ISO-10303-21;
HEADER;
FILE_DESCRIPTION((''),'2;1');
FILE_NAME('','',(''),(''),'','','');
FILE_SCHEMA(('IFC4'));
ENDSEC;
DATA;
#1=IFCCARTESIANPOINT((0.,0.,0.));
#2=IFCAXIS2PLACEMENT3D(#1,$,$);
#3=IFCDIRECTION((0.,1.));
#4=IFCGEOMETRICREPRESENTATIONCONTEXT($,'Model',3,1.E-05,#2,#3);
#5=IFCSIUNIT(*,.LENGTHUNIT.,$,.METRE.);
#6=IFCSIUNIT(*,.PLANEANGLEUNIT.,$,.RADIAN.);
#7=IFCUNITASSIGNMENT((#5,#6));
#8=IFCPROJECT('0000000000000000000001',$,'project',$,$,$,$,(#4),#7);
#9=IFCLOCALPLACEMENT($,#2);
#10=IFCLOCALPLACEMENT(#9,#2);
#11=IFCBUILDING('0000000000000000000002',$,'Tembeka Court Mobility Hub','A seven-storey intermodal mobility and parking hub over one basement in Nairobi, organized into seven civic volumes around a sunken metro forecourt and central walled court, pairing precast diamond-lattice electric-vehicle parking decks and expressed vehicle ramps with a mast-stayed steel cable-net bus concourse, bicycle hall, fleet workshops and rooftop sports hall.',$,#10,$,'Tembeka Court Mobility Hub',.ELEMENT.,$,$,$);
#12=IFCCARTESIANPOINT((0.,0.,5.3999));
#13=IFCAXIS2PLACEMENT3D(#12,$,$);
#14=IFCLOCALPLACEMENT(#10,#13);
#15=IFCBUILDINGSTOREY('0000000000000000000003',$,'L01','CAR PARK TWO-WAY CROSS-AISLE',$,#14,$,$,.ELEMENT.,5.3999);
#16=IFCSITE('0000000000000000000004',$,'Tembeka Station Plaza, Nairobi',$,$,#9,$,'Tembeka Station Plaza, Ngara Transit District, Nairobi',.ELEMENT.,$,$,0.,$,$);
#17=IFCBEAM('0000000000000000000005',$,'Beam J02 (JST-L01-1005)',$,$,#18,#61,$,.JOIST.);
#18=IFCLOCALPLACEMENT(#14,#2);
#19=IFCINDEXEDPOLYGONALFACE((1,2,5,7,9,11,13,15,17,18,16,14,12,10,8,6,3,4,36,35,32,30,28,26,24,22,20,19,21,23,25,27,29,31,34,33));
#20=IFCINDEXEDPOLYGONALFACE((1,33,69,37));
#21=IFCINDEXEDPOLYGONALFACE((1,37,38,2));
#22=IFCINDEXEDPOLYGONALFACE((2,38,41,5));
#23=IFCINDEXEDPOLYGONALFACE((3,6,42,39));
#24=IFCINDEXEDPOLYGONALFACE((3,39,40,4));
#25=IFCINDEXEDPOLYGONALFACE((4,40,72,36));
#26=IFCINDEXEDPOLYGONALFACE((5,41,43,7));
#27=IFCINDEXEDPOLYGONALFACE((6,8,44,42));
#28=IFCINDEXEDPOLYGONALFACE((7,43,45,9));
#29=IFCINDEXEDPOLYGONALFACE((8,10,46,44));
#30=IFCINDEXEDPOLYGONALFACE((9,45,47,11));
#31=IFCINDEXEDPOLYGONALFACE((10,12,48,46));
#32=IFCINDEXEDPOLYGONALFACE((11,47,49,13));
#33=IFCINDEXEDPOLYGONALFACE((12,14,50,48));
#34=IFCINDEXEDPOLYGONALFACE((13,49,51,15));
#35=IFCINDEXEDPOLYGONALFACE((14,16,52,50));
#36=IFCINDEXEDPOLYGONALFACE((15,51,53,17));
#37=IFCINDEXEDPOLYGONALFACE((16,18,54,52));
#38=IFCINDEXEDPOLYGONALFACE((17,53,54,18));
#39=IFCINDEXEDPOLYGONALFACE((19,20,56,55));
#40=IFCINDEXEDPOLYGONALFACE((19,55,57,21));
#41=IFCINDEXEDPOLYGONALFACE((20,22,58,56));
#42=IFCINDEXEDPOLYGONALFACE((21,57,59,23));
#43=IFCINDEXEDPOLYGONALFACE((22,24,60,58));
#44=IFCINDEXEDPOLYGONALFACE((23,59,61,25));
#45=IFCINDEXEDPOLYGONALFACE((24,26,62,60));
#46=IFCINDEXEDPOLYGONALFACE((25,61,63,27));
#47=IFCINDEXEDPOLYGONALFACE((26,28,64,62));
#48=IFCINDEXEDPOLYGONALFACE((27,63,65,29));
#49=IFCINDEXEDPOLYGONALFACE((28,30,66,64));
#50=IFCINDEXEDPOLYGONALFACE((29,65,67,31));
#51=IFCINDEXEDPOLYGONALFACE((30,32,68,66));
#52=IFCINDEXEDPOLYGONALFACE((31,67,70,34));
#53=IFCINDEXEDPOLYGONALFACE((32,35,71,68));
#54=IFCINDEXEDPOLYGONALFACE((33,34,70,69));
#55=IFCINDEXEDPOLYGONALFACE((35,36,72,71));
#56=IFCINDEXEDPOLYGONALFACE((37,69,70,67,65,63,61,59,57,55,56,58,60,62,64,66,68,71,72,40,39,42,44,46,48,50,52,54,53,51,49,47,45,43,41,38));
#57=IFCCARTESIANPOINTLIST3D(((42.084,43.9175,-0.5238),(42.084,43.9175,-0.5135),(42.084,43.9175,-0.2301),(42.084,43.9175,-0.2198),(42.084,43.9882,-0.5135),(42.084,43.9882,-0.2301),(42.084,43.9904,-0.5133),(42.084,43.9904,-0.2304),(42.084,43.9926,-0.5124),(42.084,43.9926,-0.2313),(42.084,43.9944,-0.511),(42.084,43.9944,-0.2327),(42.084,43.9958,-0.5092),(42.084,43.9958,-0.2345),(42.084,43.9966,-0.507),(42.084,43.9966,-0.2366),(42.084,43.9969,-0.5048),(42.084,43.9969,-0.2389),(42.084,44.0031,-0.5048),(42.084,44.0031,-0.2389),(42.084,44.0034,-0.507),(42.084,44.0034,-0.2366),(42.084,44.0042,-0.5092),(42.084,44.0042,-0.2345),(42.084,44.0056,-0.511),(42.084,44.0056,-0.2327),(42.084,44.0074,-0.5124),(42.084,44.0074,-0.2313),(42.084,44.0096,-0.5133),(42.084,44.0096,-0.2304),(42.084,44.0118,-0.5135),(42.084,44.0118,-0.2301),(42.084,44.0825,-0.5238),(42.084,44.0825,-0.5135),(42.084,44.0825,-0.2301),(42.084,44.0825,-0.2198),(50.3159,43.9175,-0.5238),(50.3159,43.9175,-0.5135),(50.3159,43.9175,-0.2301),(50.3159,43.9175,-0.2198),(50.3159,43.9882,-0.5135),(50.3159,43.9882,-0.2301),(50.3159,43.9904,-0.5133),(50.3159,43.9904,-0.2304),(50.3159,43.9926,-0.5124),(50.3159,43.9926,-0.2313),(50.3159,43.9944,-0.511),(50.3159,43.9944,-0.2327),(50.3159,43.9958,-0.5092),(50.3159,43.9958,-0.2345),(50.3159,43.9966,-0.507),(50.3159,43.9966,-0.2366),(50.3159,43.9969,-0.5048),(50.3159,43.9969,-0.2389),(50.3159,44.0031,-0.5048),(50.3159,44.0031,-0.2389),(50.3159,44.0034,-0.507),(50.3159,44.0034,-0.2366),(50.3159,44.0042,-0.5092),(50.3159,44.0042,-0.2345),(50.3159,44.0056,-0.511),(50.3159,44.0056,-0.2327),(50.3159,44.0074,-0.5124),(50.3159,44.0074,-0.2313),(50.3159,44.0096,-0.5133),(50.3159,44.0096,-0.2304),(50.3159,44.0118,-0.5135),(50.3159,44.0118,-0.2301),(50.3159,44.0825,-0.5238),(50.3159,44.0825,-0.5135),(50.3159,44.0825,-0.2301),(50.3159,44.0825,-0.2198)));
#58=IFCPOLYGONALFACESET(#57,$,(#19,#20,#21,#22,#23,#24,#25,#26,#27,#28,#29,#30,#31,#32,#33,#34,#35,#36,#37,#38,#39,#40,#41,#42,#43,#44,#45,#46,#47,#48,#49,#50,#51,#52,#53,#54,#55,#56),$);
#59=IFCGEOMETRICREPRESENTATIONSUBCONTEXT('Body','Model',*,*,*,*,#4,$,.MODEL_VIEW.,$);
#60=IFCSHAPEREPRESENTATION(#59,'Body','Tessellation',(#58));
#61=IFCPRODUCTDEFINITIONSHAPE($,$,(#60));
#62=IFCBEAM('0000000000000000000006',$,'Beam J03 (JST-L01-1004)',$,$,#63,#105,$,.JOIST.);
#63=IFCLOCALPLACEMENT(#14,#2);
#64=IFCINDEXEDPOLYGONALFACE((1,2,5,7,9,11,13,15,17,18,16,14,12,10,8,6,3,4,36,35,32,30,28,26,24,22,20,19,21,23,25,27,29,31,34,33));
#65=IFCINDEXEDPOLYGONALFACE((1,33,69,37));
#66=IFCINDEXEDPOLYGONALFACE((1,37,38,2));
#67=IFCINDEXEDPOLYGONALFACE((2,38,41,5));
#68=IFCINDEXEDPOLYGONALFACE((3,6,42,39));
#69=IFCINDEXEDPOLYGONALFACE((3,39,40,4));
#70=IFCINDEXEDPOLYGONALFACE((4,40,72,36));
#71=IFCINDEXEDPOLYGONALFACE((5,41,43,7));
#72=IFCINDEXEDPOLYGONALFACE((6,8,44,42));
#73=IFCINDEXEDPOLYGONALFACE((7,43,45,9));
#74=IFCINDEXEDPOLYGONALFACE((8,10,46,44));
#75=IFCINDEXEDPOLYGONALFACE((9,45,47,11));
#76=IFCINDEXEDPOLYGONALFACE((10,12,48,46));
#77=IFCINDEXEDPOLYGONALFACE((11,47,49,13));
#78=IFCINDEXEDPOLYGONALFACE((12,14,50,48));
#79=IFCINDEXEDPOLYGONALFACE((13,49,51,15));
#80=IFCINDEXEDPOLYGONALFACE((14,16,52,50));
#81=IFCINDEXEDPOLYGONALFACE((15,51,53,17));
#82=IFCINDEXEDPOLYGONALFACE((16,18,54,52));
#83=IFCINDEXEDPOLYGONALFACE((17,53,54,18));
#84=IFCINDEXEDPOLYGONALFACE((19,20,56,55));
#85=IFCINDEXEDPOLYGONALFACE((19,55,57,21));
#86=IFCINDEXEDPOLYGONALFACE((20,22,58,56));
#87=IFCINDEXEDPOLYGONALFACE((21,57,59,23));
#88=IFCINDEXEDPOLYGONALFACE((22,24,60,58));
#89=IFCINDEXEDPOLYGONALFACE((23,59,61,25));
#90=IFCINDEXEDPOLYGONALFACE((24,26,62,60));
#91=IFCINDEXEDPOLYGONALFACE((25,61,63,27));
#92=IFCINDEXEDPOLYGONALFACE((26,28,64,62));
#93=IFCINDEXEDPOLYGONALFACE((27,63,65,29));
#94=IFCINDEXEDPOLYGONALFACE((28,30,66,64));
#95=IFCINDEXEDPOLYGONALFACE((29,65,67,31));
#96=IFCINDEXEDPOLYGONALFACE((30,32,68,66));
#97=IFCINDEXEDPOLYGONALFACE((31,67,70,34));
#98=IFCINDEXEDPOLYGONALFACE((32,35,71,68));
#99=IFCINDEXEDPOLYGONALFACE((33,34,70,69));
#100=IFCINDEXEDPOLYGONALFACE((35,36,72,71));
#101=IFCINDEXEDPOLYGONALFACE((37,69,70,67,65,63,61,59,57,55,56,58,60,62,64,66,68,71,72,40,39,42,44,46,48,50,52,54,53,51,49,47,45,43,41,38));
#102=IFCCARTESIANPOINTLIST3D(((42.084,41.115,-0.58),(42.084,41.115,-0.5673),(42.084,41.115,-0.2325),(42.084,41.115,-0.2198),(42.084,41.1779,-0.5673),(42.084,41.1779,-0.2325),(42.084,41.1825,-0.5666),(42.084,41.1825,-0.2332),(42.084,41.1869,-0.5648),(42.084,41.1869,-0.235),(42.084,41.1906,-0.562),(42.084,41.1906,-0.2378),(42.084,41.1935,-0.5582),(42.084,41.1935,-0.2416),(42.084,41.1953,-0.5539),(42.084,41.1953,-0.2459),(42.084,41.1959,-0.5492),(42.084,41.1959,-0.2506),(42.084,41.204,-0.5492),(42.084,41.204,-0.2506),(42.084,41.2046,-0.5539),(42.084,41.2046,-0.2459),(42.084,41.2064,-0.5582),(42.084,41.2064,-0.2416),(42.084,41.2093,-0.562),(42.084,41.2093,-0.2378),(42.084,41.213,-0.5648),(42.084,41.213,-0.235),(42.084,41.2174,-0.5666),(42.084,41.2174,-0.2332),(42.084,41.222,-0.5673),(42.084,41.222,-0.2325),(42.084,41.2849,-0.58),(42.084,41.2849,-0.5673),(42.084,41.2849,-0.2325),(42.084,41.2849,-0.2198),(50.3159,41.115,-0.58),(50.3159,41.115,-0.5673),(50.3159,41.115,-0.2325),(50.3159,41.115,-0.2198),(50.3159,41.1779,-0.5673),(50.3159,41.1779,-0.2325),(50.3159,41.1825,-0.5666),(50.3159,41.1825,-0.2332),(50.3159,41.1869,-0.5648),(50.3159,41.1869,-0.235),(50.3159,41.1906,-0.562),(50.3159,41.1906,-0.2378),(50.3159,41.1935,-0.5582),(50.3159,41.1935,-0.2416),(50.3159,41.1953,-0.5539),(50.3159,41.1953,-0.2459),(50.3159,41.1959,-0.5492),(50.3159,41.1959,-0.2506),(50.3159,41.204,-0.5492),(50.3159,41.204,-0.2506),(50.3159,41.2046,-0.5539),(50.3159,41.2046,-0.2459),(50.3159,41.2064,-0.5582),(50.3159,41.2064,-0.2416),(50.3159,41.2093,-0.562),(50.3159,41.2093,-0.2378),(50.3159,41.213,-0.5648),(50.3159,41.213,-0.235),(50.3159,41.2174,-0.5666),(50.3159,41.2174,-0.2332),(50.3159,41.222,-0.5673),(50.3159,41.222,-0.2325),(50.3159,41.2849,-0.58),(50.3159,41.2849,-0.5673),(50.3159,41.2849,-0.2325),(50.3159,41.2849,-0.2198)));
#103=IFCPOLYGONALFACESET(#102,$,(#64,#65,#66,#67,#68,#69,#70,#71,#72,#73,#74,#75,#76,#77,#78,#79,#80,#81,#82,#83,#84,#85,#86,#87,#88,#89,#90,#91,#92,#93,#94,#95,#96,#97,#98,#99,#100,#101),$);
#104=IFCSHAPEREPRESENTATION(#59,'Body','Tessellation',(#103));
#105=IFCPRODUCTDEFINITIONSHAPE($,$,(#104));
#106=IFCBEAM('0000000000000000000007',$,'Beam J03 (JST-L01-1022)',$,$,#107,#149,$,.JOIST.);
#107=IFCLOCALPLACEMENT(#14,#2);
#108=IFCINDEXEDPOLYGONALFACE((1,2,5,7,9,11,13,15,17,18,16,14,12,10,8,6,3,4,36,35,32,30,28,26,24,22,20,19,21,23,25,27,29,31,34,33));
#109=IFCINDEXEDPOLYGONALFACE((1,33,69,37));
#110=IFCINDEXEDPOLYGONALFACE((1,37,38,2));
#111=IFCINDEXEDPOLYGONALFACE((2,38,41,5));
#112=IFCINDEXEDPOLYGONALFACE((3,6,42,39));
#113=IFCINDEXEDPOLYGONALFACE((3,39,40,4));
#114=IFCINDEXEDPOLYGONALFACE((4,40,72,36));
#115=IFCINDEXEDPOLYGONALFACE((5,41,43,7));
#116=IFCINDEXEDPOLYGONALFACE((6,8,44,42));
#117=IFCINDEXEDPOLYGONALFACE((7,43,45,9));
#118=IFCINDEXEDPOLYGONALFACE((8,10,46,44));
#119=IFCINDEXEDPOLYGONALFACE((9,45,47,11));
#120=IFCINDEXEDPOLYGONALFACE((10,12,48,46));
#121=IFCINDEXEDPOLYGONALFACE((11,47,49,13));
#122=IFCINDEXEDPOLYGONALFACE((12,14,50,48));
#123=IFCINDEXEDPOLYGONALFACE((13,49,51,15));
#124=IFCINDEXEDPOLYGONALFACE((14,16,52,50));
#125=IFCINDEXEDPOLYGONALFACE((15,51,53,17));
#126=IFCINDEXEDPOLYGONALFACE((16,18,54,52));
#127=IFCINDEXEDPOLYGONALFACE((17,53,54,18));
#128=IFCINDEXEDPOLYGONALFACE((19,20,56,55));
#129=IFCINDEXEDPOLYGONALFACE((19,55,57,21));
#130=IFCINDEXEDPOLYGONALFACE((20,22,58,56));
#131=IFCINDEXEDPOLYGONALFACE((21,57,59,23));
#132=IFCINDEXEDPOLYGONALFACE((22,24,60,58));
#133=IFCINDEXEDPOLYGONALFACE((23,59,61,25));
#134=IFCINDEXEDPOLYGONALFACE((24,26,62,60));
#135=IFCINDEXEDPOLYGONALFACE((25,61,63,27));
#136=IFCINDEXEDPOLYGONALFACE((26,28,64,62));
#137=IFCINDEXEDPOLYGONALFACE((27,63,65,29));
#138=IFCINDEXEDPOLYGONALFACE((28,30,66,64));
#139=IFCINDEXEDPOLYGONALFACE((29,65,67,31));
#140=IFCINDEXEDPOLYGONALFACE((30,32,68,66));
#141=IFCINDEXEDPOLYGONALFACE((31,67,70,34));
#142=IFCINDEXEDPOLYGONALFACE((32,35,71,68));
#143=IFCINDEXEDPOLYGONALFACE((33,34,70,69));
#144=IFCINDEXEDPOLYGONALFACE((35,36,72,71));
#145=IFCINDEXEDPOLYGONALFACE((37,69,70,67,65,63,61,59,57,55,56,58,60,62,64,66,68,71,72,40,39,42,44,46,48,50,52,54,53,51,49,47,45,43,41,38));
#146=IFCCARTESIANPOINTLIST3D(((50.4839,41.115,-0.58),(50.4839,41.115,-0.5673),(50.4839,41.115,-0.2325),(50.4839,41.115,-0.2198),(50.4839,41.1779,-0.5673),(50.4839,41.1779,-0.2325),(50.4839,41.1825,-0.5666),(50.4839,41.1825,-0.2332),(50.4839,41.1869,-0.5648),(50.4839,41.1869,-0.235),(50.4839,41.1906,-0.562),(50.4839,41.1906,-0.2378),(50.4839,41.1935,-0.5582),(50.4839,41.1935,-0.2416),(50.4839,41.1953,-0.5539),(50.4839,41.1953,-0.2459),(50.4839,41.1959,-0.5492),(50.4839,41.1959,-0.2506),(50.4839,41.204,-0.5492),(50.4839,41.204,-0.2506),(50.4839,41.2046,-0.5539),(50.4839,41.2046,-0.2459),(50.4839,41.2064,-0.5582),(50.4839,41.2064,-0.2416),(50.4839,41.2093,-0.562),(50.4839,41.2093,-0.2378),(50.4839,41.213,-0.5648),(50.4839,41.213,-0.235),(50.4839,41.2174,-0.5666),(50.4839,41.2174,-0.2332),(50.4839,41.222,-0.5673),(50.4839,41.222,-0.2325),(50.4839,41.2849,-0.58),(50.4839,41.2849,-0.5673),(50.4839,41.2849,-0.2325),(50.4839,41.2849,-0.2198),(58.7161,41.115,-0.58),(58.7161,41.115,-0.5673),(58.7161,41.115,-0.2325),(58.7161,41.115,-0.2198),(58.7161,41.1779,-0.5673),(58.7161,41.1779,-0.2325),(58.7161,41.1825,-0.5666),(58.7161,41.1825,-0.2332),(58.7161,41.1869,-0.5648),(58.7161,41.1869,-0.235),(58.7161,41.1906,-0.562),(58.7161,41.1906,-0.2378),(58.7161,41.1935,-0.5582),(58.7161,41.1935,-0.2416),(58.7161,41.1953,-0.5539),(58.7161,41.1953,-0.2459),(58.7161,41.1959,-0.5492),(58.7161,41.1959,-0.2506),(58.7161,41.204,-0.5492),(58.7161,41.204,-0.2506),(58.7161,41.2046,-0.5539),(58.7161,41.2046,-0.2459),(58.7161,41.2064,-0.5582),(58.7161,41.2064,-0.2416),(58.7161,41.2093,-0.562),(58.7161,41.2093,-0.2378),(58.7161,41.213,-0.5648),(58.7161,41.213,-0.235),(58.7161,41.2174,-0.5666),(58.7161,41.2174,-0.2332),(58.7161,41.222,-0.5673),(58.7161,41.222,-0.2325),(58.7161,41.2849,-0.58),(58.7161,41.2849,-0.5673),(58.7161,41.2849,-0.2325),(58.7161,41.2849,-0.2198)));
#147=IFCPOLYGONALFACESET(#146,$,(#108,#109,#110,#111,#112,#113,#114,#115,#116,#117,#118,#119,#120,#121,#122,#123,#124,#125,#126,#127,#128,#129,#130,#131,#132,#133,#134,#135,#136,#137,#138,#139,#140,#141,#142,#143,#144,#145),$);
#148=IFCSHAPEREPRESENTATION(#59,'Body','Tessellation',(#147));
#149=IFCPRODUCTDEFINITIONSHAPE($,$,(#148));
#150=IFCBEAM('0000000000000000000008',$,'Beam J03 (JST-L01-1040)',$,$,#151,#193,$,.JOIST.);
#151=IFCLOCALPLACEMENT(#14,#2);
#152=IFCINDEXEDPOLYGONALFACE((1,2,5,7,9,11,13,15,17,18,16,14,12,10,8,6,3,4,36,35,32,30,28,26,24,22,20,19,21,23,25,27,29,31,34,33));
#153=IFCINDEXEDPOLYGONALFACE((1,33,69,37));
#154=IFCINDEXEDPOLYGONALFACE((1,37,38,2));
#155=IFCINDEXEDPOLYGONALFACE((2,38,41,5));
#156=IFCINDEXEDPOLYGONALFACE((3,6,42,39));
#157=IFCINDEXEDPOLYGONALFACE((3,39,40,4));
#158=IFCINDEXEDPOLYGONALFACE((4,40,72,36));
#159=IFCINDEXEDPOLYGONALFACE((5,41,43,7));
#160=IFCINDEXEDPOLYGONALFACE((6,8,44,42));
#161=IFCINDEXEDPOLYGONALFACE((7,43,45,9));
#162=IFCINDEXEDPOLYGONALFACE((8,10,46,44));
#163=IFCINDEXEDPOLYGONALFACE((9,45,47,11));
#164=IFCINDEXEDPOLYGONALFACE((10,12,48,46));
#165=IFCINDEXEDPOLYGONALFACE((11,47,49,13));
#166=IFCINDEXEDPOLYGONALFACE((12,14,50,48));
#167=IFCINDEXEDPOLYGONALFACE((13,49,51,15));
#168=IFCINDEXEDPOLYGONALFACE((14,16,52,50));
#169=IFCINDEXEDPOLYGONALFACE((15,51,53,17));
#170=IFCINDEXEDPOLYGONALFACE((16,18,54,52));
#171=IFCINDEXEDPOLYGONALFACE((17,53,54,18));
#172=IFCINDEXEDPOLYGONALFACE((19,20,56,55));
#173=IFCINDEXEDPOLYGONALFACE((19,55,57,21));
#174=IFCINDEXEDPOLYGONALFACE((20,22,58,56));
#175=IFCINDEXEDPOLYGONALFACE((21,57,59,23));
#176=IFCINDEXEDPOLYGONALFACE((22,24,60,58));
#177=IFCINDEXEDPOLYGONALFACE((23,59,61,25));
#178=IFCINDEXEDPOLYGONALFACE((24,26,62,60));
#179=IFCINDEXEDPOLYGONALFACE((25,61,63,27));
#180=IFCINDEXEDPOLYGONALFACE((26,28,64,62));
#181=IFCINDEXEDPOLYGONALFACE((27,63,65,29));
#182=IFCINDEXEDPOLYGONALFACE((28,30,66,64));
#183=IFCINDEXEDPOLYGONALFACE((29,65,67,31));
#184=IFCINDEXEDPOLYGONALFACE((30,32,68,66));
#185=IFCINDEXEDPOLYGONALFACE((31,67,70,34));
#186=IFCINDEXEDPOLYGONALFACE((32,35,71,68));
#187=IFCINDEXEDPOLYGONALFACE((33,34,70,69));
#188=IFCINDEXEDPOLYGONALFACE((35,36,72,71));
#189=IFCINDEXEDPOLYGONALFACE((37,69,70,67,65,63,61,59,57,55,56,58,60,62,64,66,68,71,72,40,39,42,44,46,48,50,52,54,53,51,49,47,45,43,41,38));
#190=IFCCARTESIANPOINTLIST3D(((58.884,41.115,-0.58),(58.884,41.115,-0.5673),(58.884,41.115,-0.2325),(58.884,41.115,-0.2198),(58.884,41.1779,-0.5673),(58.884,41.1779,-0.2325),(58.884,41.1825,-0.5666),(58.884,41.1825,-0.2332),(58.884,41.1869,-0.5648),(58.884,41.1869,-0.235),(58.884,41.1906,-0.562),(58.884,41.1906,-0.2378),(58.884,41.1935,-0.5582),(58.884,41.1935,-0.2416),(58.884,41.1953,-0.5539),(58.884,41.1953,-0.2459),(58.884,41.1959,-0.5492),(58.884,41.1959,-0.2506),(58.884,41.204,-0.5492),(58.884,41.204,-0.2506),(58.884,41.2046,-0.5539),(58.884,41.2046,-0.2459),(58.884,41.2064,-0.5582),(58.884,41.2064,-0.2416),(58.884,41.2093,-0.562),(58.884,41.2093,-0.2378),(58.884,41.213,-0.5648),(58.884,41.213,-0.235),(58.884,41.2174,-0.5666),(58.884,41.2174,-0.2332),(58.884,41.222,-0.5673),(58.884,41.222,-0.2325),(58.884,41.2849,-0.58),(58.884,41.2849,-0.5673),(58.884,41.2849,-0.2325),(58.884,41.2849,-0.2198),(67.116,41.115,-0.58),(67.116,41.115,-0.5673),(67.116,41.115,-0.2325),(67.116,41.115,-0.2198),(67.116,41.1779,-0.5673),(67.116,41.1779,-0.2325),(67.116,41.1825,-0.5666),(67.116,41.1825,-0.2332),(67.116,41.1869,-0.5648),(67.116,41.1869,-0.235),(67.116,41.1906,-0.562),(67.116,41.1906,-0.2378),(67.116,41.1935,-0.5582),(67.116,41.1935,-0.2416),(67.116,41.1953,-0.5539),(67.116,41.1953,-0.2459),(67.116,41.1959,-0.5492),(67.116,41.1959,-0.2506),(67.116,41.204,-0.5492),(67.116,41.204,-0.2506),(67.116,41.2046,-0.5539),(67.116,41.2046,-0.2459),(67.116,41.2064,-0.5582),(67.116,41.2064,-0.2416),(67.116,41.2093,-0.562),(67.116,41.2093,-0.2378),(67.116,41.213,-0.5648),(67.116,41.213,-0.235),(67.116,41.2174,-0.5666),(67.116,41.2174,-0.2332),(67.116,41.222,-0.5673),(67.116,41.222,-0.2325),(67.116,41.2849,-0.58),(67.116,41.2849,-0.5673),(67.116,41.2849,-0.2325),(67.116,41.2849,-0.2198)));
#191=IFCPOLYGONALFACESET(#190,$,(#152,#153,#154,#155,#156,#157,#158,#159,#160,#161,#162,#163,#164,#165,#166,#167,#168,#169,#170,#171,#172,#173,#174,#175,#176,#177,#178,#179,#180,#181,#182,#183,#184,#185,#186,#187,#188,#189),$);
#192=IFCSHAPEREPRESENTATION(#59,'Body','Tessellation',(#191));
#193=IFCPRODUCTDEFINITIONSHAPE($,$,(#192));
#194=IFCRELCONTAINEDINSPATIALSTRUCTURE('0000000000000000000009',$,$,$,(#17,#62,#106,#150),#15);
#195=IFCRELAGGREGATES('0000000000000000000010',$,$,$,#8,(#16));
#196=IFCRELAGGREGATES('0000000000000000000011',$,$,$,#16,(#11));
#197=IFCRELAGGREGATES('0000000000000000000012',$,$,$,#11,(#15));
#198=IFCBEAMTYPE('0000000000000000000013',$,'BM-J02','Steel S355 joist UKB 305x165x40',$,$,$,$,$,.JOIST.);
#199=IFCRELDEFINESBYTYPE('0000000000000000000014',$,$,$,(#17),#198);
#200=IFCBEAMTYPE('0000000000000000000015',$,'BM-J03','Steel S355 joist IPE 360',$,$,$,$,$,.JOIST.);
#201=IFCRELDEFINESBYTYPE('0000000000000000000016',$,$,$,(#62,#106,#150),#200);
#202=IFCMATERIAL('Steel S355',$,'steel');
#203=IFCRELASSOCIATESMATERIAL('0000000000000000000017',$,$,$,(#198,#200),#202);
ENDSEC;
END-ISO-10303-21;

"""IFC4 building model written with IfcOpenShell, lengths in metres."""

from ifc_helpers import new_model, si_unit, direction, frame, origin, origin_2d, place, context, subcontext, project, spatial, i_section, extrude, material, material_profile, profile_set, type_object, element, save


model = new_model("IFC4")

# Units and contexts
model_context = context("Model", 3, precision=1e-05, world=origin(), true_north=direction((0.0, 1.0)))
body_context = subcontext(model_context, "Body", "Model", "MODEL_VIEW")
ifc_project = project(units=[si_unit("LENGTHUNIT", "METRE"), si_unit("PLANEANGLEUNIT", "RADIAN")], contexts=[model_context])

# Site, building, storey
site_placement = place(None, origin())
site = spatial("IfcSite", under=ifc_project, at=site_placement, Name="Tembeka Station Plaza, Nairobi", LongName="Tembeka Station Plaza, Ngara Transit District, Nairobi", CompositionType="ELEMENT", RefElevation=0.0)
building_placement = place(site_placement, origin())
building = spatial("IfcBuilding", under=site, at=building_placement, Name="Tembeka Court Mobility Hub", Description="A seven-storey intermodal mobility and parking hub over one basement in Nairobi, organized into seven civic volumes around a sunken metro forecourt and central walled court, pairing precast diamond-lattice electric-vehicle parking decks and expressed vehicle ramps with a mast-stayed steel cable-net bus concourse, bicycle hall, fleet workshops and rooftop sports hall.", LongName="Tembeka Court Mobility Hub", CompositionType="ELEMENT")
storey_placement = place(building_placement, frame((0.0, 0.0, 5.3999)))
storey = spatial("IfcBuildingStorey", under=building, at=storey_placement, Name="L01", Description="CAR PARK TWO-WAY CROSS-AISLE", CompositionType="ELEMENT", Elevation=5.3999)

# Shared definitions
ifc_material_1 = material(Name="Steel S355", Category="steel")

# Beams
ifc_material_profile_1 = material_profile(ifc_material_1, i_section(OverallWidth=0.165, OverallDepth=0.304, WebThickness=0.0061, FlangeThickness=0.0103, FilletRadius=0.0088, at=origin_2d()), Name="UKB 305x165x40")
ifc_profile_set_1 = profile_set([ifc_material_profile_1], Name="Steel S355")
beam_type_1 = type_object("IfcBeamType", Name="BM-J02", Description="Steel S355 joist UKB 305x165x40", PredefinedType="JOIST", material=ifc_profile_set_1)
beam_1_placement = place(storey_placement, frame((42.084, 44.0, -0.3718), z_axis=(1.0, 0.0, 0.0), x_axis=(0.0, 1.0, 0.0)))
element("IfcBeam", 1, at=beam_1_placement, inside=storey, type_object=beam_type_1, Name="Beam J02 (JST-L01-1005)", PredefinedType="JOIST", context=body_context, shape_type="SweptSolid", body=[
    extrude(i_section(OverallWidth=0.165, OverallDepth=0.304, WebThickness=0.0061, FlangeThickness=0.0103, FilletRadius=0.0088, at=origin_2d()), origin(), (0.0, 0.0, 1.0), 8.2319),
])
ifc_material_profile_2 = material_profile(ifc_material_1, i_section(OverallWidth=0.1699, OverallDepth=0.3601, WebThickness=0.0081, FlangeThickness=0.0127, FilletRadius=0.0181, at=origin_2d()), Name="IPE 360")
ifc_profile_set_2 = profile_set([ifc_material_profile_2], Name="Steel S355")
beam_type_2 = type_object("IfcBeamType", Name="BM-J03", Description="Steel S355 joist IPE 360", PredefinedType="JOIST", material=ifc_profile_set_2)
beam_2_placement = place(storey_placement, frame((42.084, 41.2, -0.3999), z_axis=(1.0, 0.0, 0.0), x_axis=(0.0, 1.0, 0.0)))
element("IfcBeam", 2, at=beam_2_placement, inside=storey, type_object=beam_type_2, Name="Beam J03 (JST-L01-1004)", PredefinedType="JOIST", context=body_context, shape_type="SweptSolid", body=[
    extrude(i_section(OverallWidth=0.1699, OverallDepth=0.3601, WebThickness=0.0081, FlangeThickness=0.0127, FilletRadius=0.0181, at=origin_2d()), origin(), (0.0, 0.0, 1.0), 8.2319),
])
beam_3_placement = place(storey_placement, frame((50.4839, 41.2, -0.3999), z_axis=(1.0, 0.0, 0.0), x_axis=(0.0, 1.0, 0.0)))
element("IfcBeam", 3, at=beam_3_placement, inside=storey, type_object=beam_type_2, Name="Beam J03 (JST-L01-1022)", PredefinedType="JOIST", context=body_context, shape_type="SweptSolid", body=[
    extrude(i_section(OverallWidth=0.1699, OverallDepth=0.3601, WebThickness=0.0081, FlangeThickness=0.0127, FilletRadius=0.0181, at=origin_2d()), origin(), (0.0, 0.0, 1.0), 8.2322),
])
beam_4_placement = place(storey_placement, frame((58.884, 41.2, -0.3999), z_axis=(1.0, 0.0, 0.0), x_axis=(0.0, 1.0, 0.0)))
element("IfcBeam", 4, at=beam_4_placement, inside=storey, type_object=beam_type_2, Name="Beam J03 (JST-L01-1040)", PredefinedType="JOIST", context=body_context, shape_type="SweptSolid", body=[
    extrude(i_section(OverallWidth=0.1699, OverallDepth=0.3601, WebThickness=0.0081, FlangeThickness=0.0127, FilletRadius=0.0181, at=origin_2d()), origin(), (0.0, 0.0, 1.0), 8.2319),
])

save(model, "model.ifc")
